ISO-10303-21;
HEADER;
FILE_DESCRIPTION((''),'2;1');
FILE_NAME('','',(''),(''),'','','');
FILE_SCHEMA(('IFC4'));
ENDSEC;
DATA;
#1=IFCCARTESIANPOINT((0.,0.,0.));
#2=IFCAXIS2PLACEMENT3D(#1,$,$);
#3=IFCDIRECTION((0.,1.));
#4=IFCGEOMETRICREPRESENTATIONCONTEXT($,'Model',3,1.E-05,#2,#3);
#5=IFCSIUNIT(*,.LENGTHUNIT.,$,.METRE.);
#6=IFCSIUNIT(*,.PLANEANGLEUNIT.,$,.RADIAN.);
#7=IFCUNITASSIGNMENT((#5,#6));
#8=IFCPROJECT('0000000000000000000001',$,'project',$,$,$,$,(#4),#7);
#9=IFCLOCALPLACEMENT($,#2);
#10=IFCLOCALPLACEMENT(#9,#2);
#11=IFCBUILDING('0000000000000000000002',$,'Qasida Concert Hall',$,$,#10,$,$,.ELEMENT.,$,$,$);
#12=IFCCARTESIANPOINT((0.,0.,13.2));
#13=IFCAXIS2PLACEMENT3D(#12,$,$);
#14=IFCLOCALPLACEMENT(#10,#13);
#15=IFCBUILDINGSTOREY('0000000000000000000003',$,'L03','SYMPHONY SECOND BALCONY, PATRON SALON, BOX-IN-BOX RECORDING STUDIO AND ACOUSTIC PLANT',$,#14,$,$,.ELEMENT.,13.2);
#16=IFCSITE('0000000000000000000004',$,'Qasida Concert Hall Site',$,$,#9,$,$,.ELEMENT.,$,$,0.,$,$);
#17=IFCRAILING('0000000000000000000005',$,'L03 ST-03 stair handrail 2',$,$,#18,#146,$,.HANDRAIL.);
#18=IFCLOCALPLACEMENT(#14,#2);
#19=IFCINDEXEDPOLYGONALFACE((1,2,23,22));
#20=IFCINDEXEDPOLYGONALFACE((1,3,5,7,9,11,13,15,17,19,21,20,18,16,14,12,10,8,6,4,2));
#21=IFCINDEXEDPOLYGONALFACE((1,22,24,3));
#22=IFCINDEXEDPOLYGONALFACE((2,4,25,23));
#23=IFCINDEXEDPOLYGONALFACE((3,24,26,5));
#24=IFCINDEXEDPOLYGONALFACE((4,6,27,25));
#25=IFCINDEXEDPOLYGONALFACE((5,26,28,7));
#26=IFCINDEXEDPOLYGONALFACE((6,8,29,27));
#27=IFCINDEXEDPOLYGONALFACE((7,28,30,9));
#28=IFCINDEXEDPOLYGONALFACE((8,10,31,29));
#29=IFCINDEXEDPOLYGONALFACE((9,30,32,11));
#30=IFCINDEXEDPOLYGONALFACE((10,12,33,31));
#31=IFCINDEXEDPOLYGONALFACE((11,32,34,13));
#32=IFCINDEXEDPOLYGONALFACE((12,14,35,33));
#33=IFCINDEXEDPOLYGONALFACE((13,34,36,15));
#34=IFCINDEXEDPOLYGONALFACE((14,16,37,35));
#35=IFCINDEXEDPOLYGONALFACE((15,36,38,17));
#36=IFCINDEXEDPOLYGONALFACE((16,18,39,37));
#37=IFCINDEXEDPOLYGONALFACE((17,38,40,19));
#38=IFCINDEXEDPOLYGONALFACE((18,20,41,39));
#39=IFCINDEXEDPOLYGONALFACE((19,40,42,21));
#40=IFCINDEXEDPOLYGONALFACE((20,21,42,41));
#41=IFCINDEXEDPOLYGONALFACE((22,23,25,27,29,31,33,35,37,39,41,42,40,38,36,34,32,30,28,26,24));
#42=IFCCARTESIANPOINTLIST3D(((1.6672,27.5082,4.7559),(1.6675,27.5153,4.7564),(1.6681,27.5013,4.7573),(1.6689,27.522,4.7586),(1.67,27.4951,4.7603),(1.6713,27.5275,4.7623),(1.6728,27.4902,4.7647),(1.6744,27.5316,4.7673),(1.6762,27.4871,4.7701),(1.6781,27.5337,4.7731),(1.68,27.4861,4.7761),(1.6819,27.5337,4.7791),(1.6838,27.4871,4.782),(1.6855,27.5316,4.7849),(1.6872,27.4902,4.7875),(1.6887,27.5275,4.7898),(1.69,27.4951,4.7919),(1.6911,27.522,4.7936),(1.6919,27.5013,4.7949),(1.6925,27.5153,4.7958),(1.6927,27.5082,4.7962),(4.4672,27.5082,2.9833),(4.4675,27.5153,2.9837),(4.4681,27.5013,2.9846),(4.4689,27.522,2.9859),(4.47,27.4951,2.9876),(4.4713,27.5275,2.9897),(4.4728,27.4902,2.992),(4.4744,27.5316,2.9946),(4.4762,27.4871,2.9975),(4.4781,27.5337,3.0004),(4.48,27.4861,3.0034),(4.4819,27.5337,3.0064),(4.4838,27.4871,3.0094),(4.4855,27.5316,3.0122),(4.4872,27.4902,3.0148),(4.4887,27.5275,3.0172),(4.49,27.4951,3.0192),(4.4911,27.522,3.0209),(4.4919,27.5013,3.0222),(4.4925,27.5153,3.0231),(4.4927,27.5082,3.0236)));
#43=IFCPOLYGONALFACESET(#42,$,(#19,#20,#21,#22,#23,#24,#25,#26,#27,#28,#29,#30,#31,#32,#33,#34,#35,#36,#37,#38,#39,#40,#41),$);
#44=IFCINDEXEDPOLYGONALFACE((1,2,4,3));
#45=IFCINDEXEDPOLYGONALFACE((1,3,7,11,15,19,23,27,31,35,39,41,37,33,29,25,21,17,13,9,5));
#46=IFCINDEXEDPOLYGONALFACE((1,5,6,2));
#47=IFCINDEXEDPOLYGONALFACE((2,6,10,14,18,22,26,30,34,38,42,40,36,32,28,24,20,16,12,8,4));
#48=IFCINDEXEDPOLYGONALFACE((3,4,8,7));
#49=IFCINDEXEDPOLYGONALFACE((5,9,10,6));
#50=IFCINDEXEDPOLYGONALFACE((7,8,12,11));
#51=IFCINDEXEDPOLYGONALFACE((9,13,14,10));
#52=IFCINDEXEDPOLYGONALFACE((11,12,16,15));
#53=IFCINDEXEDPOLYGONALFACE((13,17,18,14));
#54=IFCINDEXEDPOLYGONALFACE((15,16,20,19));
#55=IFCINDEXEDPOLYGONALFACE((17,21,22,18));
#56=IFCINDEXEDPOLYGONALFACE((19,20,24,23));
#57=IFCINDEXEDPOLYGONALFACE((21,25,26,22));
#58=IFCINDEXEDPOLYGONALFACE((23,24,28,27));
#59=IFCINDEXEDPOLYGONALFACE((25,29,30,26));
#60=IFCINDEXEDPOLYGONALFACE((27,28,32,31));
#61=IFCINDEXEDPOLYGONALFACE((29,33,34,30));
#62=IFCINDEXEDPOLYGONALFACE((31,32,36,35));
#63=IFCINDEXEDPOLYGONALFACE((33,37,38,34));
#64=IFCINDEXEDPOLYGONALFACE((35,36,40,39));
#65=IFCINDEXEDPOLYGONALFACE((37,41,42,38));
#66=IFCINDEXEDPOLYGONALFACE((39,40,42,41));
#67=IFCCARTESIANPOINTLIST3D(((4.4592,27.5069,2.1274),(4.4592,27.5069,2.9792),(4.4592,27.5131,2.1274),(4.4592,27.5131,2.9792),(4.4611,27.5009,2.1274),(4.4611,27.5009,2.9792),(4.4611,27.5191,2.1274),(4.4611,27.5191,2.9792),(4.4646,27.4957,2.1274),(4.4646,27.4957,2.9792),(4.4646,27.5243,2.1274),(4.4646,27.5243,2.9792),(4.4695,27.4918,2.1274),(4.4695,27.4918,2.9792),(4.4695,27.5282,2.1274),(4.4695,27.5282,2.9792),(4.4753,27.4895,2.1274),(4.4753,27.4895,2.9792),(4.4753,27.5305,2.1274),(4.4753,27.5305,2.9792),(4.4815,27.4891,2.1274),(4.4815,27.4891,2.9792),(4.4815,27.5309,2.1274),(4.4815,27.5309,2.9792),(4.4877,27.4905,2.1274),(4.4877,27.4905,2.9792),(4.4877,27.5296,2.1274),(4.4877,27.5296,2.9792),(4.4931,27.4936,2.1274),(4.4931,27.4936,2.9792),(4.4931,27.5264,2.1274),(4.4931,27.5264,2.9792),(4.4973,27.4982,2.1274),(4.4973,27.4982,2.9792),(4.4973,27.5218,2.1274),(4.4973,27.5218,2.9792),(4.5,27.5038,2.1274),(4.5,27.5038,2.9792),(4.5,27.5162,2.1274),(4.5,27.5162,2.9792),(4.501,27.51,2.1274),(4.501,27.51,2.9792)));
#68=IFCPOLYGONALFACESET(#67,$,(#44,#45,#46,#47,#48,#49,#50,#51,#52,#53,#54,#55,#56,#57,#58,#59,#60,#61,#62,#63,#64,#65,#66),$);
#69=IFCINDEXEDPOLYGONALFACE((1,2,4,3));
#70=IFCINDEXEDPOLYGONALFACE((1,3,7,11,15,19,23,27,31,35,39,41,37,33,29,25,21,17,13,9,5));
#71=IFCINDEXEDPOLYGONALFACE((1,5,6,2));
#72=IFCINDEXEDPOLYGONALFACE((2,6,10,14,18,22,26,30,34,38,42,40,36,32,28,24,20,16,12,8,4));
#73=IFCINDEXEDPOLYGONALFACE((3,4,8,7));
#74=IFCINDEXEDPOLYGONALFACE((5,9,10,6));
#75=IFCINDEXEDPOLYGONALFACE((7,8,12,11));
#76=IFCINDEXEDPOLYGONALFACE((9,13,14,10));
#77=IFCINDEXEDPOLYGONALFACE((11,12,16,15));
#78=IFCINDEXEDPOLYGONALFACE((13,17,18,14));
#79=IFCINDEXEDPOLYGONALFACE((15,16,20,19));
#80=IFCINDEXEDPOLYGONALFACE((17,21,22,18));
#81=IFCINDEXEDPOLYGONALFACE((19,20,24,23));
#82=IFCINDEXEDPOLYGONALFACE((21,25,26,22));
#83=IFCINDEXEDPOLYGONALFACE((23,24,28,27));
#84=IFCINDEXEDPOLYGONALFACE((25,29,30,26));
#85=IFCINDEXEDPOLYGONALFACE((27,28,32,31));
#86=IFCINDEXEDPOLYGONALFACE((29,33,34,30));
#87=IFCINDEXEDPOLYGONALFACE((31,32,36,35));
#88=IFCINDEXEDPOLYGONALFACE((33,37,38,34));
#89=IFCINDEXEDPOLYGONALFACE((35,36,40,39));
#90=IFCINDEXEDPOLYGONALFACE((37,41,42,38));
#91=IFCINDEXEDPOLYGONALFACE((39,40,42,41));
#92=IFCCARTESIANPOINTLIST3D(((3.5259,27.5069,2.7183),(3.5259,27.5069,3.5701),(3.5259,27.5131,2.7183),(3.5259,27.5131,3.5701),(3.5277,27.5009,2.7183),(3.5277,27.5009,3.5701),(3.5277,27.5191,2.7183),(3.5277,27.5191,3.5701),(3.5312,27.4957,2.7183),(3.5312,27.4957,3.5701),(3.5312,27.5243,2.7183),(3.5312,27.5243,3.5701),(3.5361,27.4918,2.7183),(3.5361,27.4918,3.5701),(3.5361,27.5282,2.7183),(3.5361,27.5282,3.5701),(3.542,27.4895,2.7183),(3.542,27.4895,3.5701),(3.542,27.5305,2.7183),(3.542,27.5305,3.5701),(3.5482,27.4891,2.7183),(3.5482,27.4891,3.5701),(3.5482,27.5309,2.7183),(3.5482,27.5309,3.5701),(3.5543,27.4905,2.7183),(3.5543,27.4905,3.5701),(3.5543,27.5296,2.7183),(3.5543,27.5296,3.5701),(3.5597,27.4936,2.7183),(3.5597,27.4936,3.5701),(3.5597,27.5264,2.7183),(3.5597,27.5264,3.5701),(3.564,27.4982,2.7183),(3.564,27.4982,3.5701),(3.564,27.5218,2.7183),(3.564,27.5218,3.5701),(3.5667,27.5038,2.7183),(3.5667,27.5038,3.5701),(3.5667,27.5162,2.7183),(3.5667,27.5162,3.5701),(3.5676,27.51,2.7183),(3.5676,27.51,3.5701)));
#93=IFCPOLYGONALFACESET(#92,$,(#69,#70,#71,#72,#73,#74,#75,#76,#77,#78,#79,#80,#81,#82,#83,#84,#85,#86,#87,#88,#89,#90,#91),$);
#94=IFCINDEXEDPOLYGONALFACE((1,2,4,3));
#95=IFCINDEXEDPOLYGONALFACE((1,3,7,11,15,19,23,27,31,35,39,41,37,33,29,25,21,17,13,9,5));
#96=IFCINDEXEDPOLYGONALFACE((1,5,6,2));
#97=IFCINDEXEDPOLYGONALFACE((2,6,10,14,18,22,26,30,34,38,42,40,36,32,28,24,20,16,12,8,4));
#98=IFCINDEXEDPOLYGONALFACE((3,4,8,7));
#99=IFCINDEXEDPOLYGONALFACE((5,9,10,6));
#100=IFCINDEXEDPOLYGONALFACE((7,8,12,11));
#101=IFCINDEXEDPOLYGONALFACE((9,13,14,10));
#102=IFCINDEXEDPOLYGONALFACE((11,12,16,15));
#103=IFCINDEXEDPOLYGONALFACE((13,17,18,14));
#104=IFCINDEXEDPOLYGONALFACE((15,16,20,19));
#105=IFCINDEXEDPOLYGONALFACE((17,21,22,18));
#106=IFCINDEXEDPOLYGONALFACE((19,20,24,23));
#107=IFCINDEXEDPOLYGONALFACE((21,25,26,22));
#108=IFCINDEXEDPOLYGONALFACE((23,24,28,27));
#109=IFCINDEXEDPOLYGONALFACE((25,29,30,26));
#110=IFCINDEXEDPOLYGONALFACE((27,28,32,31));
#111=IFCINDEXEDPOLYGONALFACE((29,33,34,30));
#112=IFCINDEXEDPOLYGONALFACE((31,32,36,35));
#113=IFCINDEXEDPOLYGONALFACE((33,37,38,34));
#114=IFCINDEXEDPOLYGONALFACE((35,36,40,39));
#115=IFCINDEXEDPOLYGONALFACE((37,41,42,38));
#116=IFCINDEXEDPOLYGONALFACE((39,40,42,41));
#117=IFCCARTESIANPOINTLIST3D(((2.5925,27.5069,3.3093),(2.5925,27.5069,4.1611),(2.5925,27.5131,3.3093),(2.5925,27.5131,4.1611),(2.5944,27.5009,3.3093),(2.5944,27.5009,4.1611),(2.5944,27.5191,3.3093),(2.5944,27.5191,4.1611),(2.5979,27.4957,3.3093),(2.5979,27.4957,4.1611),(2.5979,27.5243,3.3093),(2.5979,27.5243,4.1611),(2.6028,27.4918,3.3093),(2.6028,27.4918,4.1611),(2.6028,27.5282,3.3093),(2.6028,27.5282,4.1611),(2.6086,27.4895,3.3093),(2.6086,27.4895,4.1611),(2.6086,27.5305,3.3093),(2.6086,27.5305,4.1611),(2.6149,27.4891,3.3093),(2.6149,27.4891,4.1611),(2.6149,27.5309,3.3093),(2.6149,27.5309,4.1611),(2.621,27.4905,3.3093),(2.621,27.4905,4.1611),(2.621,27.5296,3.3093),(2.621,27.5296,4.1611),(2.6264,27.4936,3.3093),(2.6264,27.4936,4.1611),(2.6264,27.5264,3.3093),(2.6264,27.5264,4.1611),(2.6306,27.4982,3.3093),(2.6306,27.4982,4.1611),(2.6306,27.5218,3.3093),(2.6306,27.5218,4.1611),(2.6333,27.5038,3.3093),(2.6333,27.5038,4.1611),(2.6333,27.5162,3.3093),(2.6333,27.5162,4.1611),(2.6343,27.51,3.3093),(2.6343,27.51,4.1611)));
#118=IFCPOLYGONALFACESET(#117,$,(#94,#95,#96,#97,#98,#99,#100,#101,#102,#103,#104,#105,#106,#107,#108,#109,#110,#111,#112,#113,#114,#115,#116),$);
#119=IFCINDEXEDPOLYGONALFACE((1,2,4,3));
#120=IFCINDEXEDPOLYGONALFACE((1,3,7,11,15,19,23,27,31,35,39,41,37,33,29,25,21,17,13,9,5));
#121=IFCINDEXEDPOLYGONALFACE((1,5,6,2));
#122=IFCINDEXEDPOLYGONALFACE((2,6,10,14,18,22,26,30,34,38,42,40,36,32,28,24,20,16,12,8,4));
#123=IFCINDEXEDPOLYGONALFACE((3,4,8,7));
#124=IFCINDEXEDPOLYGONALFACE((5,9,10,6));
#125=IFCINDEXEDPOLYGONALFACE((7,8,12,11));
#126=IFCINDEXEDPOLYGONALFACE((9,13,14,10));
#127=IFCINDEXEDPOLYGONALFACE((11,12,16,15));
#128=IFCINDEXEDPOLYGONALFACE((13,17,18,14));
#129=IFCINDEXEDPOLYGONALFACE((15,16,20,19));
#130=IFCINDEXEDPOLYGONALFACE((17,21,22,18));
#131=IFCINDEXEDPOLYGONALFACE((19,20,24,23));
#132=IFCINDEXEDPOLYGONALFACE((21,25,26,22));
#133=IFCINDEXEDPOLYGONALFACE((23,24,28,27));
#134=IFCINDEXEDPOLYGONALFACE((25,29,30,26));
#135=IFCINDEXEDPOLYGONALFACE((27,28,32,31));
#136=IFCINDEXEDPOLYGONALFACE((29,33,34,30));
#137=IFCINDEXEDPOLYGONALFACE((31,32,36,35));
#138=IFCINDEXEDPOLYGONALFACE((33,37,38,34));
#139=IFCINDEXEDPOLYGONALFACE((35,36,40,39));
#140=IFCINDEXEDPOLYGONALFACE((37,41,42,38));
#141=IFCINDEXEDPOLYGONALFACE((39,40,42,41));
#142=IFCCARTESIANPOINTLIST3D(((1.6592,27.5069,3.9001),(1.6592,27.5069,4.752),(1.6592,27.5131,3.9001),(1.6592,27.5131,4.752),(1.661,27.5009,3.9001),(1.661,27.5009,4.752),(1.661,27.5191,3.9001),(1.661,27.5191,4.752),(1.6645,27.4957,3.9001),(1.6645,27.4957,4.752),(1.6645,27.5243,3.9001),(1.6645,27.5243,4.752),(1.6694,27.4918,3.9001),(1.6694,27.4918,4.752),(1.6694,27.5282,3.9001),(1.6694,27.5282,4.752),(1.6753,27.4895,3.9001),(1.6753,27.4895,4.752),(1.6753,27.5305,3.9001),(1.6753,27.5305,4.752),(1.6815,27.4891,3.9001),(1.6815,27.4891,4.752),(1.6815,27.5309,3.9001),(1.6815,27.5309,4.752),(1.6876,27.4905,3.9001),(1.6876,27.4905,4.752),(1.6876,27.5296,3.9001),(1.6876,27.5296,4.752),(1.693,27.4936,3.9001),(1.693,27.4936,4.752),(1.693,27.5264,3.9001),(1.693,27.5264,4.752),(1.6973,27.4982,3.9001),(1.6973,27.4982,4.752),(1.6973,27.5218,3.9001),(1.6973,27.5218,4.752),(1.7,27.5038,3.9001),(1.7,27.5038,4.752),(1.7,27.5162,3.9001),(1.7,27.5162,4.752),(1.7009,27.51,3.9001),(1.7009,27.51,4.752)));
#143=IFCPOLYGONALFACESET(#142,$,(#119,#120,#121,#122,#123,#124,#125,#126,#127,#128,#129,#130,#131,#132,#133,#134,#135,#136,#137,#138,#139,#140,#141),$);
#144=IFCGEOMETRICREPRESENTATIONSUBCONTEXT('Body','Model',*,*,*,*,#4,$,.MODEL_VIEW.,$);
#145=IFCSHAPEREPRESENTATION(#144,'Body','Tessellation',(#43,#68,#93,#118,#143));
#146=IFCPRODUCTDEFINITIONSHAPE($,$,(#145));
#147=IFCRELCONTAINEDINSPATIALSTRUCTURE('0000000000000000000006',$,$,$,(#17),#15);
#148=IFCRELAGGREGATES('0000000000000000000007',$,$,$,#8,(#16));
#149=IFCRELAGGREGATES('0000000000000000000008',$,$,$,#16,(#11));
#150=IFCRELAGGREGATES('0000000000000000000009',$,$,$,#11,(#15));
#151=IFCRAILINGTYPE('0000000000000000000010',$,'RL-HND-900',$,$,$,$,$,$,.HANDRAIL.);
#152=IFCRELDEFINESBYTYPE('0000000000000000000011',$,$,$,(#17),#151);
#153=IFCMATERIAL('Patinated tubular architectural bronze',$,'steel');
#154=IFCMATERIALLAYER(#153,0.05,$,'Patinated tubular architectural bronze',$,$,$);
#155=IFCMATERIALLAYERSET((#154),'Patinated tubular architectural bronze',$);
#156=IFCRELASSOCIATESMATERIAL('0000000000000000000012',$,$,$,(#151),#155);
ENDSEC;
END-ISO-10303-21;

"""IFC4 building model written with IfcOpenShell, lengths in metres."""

from ifc_helpers import new_model, si_unit, direction, frame, origin, origin_2d, place, context, subcontext, project, spatial, circle, extrude, material, layer, layer_set, type_object, element, save


model = new_model("IFC4")

# Units and contexts
model_context = context("Model", 3, precision=1e-05, world=origin(), true_north=direction((0.0, 1.0)))
body_context = subcontext(model_context, "Body", "Model", "MODEL_VIEW")
ifc_project = project(units=[si_unit("LENGTHUNIT", "METRE"), si_unit("PLANEANGLEUNIT", "RADIAN")], contexts=[model_context])

# Site, building, storey
site_placement = place(None, origin())
site = spatial("IfcSite", under=ifc_project, at=site_placement, Name="Qasida Concert Hall Site", CompositionType="ELEMENT", RefElevation=0.0)
building_placement = place(site_placement, origin())
building = spatial("IfcBuilding", under=site, at=building_placement, Name="Qasida Concert Hall", CompositionType="ELEMENT")
storey_placement = place(building_placement, frame((0.0, 0.0, 13.2)))
storey = spatial("IfcBuildingStorey", under=building, at=storey_placement, Name="L03", Description="SYMPHONY SECOND BALCONY, PATRON SALON, BOX-IN-BOX RECORDING STUDIO AND ACOUSTIC PLANT", CompositionType="ELEMENT", Elevation=13.2)

# Railing
ifc_material_1 = material(Name="Patinated tubular architectural bronze", Category="steel")
ifc_layer_1 = layer(ifc_material_1, 0.05, Name="Patinated tubular architectural bronze")
ifc_layer_set_1 = layer_set([ifc_layer_1], Name="Patinated tubular architectural bronze")
railing_type_1 = type_object("IfcRailingType", Name="RL-HND-900", PredefinedType="HANDRAIL", material=ifc_layer_set_1)
railing_1_placement = place(storey_placement, frame((4.48, 27.51, 2.1274)))
element("IfcRailing", 1, at=railing_1_placement, inside=storey, type_object=railing_type_1, Name="L03 ST-03 stair handrail 2", PredefinedType="HANDRAIL", context=body_context, shape_type="SweptSolid", body=[
    extrude(circle(Radius=0.0239, at=origin_2d()), frame((0.0, 0.0, 0.876), z_axis=(-0.844909, 0.0, 0.53491), x_axis=(0.0, -1.0, 0.0)), (0.0, 0.0, 1.0), 3.314),
    extrude(circle(Radius=0.021, at=origin_2d()), origin(), (0.0, 0.0, 1.0), 0.8518),
    extrude(circle(Radius=0.021, at=origin_2d()), frame((-0.9333, 0.0, 0.5908)), (0.0, 0.0, 1.0), 0.8518),
    extrude(circle(Radius=0.021, at=origin_2d()), frame((-1.8667, 0.0, 1.1819)), (0.0, 0.0, 1.0), 0.8518),
    extrude(circle(Radius=0.021, at=origin_2d()), frame((-2.8, 0.0, 1.7727)), (0.0, 0.0, 1.0), 0.8518),
])

save(model, "model.ifc")
